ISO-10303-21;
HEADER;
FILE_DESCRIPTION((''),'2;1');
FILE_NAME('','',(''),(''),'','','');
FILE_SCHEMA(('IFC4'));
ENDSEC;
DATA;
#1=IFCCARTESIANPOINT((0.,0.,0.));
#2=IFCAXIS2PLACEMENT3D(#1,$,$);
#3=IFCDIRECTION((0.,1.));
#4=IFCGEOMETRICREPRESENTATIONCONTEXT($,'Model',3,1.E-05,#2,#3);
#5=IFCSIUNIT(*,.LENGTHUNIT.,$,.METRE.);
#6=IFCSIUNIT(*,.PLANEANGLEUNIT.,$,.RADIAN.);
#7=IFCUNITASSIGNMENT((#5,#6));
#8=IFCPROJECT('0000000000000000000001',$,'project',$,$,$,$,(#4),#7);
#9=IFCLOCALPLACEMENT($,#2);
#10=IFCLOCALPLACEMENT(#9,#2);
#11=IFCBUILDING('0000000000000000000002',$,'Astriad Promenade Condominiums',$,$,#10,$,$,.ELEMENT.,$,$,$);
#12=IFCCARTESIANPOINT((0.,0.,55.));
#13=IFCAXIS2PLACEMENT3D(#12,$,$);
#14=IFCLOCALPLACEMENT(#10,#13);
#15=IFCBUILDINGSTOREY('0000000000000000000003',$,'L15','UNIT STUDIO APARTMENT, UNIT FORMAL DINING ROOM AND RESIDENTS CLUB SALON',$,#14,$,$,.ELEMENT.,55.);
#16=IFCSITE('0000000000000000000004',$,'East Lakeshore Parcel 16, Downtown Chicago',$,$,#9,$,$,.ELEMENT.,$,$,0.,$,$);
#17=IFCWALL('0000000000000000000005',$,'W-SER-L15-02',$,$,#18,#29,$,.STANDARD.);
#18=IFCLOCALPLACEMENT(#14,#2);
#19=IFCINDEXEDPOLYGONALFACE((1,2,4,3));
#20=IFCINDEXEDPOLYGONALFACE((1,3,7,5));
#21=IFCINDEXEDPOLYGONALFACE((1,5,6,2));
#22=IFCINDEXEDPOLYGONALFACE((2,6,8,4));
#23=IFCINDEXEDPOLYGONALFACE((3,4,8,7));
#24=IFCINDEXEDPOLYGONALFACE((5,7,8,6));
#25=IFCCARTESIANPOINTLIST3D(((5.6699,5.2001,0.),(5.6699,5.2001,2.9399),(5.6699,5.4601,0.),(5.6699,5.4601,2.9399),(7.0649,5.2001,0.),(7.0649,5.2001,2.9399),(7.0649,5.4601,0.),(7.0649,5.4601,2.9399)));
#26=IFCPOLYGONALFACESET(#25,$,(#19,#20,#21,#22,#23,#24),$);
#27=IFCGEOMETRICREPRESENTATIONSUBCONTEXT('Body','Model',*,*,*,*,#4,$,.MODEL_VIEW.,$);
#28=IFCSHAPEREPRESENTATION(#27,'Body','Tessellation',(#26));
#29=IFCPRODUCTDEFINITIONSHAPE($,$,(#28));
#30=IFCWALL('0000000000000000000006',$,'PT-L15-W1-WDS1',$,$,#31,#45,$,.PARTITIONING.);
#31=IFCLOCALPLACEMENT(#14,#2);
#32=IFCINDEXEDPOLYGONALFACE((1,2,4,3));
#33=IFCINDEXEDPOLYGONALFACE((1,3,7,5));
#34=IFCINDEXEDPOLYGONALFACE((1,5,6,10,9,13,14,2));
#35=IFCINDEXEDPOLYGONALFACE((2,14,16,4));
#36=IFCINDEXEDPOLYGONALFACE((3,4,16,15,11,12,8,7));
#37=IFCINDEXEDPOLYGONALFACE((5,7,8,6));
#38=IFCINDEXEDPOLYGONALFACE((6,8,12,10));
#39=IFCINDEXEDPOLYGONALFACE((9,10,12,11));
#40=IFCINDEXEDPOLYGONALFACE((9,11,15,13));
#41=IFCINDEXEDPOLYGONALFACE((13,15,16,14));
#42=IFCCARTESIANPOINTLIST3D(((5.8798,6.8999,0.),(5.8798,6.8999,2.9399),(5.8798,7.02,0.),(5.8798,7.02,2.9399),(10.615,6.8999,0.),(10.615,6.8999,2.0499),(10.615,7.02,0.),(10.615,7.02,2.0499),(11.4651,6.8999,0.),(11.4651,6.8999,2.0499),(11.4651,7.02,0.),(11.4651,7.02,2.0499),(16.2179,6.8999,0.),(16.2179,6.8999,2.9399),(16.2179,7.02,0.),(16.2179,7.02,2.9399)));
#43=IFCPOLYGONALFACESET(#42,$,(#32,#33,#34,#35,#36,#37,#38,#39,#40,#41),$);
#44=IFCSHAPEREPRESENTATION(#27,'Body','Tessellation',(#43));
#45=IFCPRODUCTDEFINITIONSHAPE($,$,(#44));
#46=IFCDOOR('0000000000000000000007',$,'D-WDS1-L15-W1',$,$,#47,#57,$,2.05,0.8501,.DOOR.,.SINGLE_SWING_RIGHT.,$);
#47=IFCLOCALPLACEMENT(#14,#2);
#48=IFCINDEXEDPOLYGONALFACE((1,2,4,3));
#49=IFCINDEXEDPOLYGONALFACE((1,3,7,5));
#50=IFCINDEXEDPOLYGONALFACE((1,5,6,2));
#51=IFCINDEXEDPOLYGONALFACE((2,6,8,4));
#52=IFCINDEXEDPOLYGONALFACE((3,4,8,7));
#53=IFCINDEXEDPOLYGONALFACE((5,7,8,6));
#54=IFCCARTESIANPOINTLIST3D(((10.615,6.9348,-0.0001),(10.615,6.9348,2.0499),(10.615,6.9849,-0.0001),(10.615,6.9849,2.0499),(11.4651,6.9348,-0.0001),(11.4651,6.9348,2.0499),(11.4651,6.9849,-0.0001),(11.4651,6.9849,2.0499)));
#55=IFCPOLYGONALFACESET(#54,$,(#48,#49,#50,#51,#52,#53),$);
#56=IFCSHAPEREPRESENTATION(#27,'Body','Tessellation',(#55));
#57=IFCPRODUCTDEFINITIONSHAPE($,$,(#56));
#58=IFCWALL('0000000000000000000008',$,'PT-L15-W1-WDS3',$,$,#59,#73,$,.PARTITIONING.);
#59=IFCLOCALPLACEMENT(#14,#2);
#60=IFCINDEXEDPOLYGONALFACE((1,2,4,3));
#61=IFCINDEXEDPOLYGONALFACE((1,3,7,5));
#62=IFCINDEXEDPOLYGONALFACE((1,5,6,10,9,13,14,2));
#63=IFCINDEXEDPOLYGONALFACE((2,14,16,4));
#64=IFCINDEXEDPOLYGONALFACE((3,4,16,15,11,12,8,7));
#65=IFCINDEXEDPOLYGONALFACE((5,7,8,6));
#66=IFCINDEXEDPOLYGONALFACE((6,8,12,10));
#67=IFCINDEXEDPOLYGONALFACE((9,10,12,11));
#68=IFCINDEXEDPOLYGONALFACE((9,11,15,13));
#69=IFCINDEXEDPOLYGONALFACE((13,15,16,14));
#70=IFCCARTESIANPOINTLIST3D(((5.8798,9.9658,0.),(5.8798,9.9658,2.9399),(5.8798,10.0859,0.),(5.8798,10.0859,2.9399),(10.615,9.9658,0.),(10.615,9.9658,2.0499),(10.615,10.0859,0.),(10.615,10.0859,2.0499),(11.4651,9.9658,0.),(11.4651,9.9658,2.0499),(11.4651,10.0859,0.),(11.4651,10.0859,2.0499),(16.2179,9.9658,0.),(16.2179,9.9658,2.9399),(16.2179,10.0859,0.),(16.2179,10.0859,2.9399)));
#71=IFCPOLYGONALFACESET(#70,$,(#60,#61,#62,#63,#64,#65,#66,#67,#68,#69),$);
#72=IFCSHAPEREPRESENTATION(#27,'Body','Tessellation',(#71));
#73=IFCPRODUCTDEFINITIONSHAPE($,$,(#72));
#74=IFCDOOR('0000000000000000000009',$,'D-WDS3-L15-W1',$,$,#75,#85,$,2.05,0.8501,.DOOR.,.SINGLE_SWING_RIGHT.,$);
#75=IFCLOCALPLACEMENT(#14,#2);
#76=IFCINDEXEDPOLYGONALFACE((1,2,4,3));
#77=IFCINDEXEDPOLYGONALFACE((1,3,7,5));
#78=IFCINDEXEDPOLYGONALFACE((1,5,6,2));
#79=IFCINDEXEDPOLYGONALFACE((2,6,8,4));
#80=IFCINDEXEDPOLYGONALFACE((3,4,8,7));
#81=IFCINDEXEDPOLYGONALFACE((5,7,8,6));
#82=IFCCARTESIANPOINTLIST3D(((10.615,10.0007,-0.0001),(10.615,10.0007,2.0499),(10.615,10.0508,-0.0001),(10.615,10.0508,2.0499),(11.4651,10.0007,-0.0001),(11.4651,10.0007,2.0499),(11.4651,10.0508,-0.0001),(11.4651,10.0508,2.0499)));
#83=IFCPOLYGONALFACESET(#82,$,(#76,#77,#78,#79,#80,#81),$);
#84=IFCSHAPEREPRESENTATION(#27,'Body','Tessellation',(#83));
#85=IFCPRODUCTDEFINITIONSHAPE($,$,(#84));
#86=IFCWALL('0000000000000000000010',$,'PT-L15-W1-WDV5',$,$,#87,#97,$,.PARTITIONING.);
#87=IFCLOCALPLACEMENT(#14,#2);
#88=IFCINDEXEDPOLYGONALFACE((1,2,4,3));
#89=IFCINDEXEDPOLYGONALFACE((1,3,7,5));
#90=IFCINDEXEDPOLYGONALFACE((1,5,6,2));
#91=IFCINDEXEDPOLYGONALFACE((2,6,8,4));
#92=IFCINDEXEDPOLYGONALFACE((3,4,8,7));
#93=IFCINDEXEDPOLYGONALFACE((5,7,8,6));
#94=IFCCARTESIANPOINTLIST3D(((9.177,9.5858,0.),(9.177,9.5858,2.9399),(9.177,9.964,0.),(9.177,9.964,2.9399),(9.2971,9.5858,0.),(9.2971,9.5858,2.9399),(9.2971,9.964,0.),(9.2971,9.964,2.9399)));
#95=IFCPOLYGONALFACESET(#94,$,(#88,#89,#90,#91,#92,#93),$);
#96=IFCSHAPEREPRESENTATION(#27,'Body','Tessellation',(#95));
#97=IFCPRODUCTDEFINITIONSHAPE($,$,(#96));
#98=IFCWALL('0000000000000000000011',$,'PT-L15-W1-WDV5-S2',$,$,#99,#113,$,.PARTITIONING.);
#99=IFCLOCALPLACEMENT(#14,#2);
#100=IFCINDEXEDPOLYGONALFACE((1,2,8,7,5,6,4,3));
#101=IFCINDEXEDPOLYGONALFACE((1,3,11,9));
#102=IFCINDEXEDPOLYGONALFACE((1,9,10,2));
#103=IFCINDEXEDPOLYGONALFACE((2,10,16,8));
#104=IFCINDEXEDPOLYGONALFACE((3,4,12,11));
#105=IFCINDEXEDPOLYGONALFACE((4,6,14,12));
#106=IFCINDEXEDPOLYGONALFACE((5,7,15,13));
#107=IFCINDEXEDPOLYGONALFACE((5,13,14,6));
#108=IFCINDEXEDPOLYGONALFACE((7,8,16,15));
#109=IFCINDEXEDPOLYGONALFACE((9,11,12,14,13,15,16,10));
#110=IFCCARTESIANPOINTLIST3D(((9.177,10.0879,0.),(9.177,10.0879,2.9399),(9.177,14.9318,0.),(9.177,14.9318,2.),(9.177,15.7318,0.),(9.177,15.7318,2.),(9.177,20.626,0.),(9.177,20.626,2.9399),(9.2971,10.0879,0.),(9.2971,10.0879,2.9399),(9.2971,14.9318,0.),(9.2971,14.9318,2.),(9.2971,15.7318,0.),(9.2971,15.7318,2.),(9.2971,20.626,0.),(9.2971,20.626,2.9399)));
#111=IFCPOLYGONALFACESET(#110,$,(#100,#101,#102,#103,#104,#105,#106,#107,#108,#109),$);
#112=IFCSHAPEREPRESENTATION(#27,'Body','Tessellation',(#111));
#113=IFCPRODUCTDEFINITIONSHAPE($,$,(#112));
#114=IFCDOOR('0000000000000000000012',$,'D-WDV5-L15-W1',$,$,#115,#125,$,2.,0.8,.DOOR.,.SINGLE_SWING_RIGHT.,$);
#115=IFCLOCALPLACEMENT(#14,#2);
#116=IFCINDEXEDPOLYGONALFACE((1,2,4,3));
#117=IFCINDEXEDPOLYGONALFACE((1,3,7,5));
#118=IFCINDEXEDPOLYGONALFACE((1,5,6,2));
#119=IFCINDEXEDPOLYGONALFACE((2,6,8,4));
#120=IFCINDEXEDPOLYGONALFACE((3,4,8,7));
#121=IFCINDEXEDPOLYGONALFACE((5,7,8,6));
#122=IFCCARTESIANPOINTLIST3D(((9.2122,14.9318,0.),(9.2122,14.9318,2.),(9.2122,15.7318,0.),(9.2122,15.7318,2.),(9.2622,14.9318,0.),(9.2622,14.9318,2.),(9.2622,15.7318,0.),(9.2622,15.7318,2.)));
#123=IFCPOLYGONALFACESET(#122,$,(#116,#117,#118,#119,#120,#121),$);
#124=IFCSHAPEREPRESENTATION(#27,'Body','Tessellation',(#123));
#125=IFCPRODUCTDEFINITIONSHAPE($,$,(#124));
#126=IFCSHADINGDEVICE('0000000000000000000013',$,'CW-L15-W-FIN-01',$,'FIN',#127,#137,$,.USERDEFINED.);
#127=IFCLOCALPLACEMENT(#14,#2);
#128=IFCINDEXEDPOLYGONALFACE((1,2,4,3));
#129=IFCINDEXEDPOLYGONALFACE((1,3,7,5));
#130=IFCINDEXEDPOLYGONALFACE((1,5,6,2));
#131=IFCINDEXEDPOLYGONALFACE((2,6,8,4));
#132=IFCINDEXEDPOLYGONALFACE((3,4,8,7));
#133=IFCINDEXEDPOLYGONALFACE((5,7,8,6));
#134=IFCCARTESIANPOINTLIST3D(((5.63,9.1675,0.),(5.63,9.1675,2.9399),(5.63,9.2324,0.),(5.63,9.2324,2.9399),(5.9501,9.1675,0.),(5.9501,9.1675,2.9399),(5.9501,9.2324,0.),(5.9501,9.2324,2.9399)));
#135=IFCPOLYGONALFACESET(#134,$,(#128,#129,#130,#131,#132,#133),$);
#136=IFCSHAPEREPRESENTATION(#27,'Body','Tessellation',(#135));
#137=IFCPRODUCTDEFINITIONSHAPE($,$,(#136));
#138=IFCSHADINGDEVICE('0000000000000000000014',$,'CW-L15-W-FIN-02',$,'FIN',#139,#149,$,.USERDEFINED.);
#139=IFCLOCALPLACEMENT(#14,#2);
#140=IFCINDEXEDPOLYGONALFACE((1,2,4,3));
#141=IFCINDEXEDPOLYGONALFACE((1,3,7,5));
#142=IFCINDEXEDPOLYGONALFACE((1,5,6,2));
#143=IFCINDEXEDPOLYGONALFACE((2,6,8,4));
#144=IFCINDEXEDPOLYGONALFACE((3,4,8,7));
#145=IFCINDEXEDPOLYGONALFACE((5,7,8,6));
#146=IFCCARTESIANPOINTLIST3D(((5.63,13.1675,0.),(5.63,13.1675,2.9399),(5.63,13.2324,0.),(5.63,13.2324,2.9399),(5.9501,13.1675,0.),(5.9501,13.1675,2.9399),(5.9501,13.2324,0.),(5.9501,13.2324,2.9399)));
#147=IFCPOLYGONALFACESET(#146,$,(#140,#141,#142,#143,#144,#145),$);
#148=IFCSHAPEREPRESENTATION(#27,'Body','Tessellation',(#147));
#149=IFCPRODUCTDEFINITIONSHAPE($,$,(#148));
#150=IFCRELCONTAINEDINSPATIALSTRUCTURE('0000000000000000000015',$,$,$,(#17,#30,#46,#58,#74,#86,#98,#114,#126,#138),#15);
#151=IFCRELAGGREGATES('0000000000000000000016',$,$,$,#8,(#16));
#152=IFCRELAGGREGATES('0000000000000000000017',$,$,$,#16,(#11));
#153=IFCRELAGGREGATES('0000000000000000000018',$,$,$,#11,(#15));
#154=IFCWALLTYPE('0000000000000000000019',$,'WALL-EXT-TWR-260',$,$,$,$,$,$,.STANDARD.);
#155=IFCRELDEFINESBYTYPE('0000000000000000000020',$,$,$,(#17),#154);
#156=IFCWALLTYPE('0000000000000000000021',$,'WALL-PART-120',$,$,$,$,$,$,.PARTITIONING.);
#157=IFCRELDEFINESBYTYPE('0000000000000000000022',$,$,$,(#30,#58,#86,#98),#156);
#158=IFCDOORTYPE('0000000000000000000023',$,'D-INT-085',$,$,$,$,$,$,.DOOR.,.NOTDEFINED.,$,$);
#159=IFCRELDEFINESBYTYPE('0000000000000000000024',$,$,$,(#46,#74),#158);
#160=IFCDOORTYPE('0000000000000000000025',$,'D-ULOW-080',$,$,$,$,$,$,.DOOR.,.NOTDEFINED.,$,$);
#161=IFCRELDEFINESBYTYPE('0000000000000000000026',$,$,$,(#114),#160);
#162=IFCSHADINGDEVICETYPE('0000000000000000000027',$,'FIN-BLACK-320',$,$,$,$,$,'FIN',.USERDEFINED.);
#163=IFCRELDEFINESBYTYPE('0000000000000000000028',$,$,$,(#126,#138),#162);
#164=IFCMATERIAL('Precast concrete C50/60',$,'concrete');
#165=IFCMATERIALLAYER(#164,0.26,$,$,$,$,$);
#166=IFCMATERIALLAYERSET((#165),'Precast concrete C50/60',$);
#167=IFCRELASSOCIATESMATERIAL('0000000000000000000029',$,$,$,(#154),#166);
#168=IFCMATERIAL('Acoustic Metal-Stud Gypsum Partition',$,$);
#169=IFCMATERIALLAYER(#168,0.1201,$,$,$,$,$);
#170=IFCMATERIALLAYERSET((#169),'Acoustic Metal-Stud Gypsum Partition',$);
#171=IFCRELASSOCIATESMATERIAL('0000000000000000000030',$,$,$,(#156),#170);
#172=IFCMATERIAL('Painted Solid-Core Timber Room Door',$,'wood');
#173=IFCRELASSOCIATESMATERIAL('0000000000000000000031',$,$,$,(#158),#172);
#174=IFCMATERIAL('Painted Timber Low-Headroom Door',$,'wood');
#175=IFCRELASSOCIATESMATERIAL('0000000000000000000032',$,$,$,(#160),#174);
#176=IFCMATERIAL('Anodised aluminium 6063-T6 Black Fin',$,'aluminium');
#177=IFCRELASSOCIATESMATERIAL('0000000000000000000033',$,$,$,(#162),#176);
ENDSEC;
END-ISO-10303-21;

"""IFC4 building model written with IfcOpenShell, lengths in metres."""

from ifc_helpers import new_model, si_unit, direction, frame, frame_2d, origin, origin_2d, place, context, subcontext, project, spatial, rectangle, extrude, source, transform, mapped, material, layer, layer_set, type_object, type_shapes, element, fill, save


model = new_model("IFC4")

# Units and contexts
model_context = context("Model", 3, precision=1e-05, world=origin(), true_north=direction((0.0, 1.0)))
body_context = subcontext(model_context, "Body", "Model", "MODEL_VIEW")
ifc_project = project(units=[si_unit("LENGTHUNIT", "METRE"), si_unit("PLANEANGLEUNIT", "RADIAN")], contexts=[model_context])

# Site, building, storey
site_placement = place(None, origin())
site = spatial("IfcSite", under=ifc_project, at=site_placement, Name="East Lakeshore Parcel 16, Downtown Chicago", CompositionType="ELEMENT", RefElevation=0.0)
building_placement = place(site_placement, origin())
building = spatial("IfcBuilding", under=site, at=building_placement, Name="Astriad Promenade Condominiums", CompositionType="ELEMENT")
storey_placement = place(building_placement, frame((0.0, 0.0, 55.0)))
storey = spatial("IfcBuildingStorey", under=building, at=storey_placement, Name="L15", Description="UNIT STUDIO APARTMENT, UNIT FORMAL DINING ROOM AND RESIDENTS CLUB SALON", CompositionType="ELEMENT", Elevation=55.0)

# Wall
ifc_material_1 = material(Name="Precast concrete C50/60", Category="concrete")
ifc_layer_1 = layer(ifc_material_1, 0.26)
ifc_layer_set_1 = layer_set([ifc_layer_1], Name="Precast concrete C50/60")
wall_type_1 = type_object("IfcWallType", Name="WALL-EXT-TWR-260", PredefinedType="STANDARD", material=ifc_layer_set_1)
wall_1_placement = place(storey_placement, frame((7.0649, 5.3301, 0.0), z_axis=(0.0, 0.0, 1.0), x_axis=(-1.0, 0.0, 0.0)))
element("IfcWall", 1, at=wall_1_placement, inside=storey, type_object=wall_type_1, Name="W-SER-L15-02", PredefinedType="STANDARD", context=body_context, shape_type="SweptSolid", body=[
    extrude(rectangle(XDim=1.395, YDim=0.26, at=frame_2d((0.6975, 0.0))), origin(), (0.0, 0.0, 1.0), 2.9399),
])

# Walls, openings, doors
ifc_material_2 = material(Name="Acoustic Metal-Stud Gypsum Partition")
ifc_layer_2 = layer(ifc_material_2, 0.1201)
ifc_layer_set_2 = layer_set([ifc_layer_2], Name="Acoustic Metal-Stud Gypsum Partition")
wall_type_2 = type_object("IfcWallType", Name="WALL-PART-120", PredefinedType="PARTITIONING", material=ifc_layer_set_2)
wall_2_placement = place(storey_placement, frame((5.8799, 6.96, 0.0), z_axis=(0.0, 0.0, 1.0), x_axis=(1.0, 0.0, 0.0)))
wall_2 = element("IfcWall", 2, at=wall_2_placement, inside=storey, type_object=wall_type_2, Name="PT-L15-W1-WDS1", PredefinedType="PARTITIONING", context=body_context, shape_type="SweptSolid", body=[
    extrude(rectangle(XDim=10.3381, YDim=0.1201, at=frame_2d((5.1689, 0.0))), origin(), (0.0, 0.0, 1.0), 2.9399),
])
opening_1_placement = place(wall_2_placement, frame((4.7351, 0.0, 0.0)))
opening_1 = element("IfcOpeningElement", 3, at=opening_1_placement, cuts=wall_2, PredefinedType="OPENING", context=body_context, shape_type="SweptSolid", body=[
    extrude(rectangle(XDim=0.8501, YDim=2.05, at=frame_2d((0.425, 1.0249))), frame((0.0, 0.0701, 0.0), z_axis=(0.0, -1.0, 0.0), x_axis=(1.0, 0.0, 0.0)), (0.0, 0.0, 1.0), 0.1401),
])
ifc_material_3 = material(Name="Painted Solid-Core Timber Room Door", Category="wood")
door_type_1 = type_object("IfcDoorType", Name="D-INT-085", OperationType="NOTDEFINED", PredefinedType="DOOR", material=ifc_material_3)
shared_shape_1 = source(origin(), body_context, "Body", "SweptSolid", [
    extrude(rectangle(XDim=0.8501, YDim=2.05, at=frame_2d((0.425, 1.0249))), frame((0.0, 0.0249, 0.0), z_axis=(0.0, -1.0, 0.0), x_axis=(1.0, 0.0, 0.0)), (0.0, 0.0, 1.0), 0.05),
])
type_shapes(door_type_1, [shared_shape_1])
door_1_placement = place(opening_1_placement, origin())
door_1 = element("IfcDoor", 4, at=door_1_placement, inside=storey, type_object=door_type_1, Name="D-WDS1-L15-W1", OperationType="SINGLE_SWING_RIGHT", OverallHeight=2.05, OverallWidth=0.8501, PredefinedType="DOOR", context=body_context, shape_type="MappedRepresentation", body=[
    mapped(shared_shape_1, transform((0.0, 0.0, 0.0), scale=1.0)),
])
fill(opening_1, door_1)
wall_3_placement = place(storey_placement, frame((5.8799, 10.0259, 0.0), z_axis=(0.0, 0.0, 1.0), x_axis=(1.0, 0.0, 0.0)))
wall_3 = element("IfcWall", 5, at=wall_3_placement, inside=storey, type_object=wall_type_2, Name="PT-L15-W1-WDS3", PredefinedType="PARTITIONING", context=body_context, shape_type="SweptSolid", body=[
    extrude(rectangle(XDim=10.3381, YDim=0.1201, at=frame_2d((5.1689, 0.0))), origin(), (0.0, 0.0, 1.0), 2.9399),
])
opening_2_placement = place(wall_3_placement, frame((4.7351, 0.0, 0.0)))
opening_2 = element("IfcOpeningElement", 6, at=opening_2_placement, cuts=wall_3, PredefinedType="OPENING", context=body_context, shape_type="SweptSolid", body=[
    extrude(rectangle(XDim=0.8501, YDim=2.05, at=frame_2d((0.425, 1.0249))), frame((0.0, 0.0701, 0.0), z_axis=(0.0, -1.0, 0.0), x_axis=(1.0, 0.0, 0.0)), (0.0, 0.0, 1.0), 0.1401),
])
door_2_placement = place(opening_2_placement, origin())
door_2 = element("IfcDoor", 7, at=door_2_placement, inside=storey, type_object=door_type_1, Name="D-WDS3-L15-W1", OperationType="SINGLE_SWING_RIGHT", OverallHeight=2.05, OverallWidth=0.8501, PredefinedType="DOOR", context=body_context, shape_type="MappedRepresentation", body=[
    mapped(shared_shape_1, transform((0.0, 0.0, 0.0), scale=1.0)),
])
fill(opening_2, door_2)

# Wall
wall_4_placement = place(storey_placement, frame((9.2371, 9.5859, 0.0), z_axis=(0.0, 0.0, 1.0), x_axis=(0.0, 1.0, 0.0)))
element("IfcWall", 8, at=wall_4_placement, inside=storey, type_object=wall_type_2, Name="PT-L15-W1-WDV5", PredefinedType="PARTITIONING", context=body_context, shape_type="SweptSolid", body=[
    extrude(rectangle(XDim=0.3782, YDim=0.1201, at=frame_2d((0.189, 0.0))), origin(), (0.0, 0.0, 1.0), 2.9399),
])

# Wall, opening, door
wall_5_placement = place(storey_placement, frame((9.2371, 10.0879, 0.0), z_axis=(0.0, 0.0, 1.0), x_axis=(0.0, 1.0, 0.0)))
wall_5 = element("IfcWall", 9, at=wall_5_placement, inside=storey, type_object=wall_type_2, Name="PT-L15-W1-WDV5-S2", PredefinedType="PARTITIONING", context=body_context, shape_type="SweptSolid", body=[
    extrude(rectangle(XDim=10.5381, YDim=0.1201, at=frame_2d((5.269, 0.0))), origin(), (0.0, 0.0, 1.0), 2.9399),
])
opening_3_placement = place(wall_5_placement, frame((4.844, 0.0, 0.0)))
opening_3 = element("IfcOpeningElement", 10, at=opening_3_placement, cuts=wall_5, PredefinedType="OPENING", context=body_context, shape_type="SweptSolid", body=[
    extrude(rectangle(XDim=0.8, YDim=2.0, at=frame_2d((0.3999, 1.0))), frame((0.0, 0.0701, 0.0), z_axis=(0.0, -1.0, 0.0), x_axis=(1.0, 0.0, 0.0)), (0.0, 0.0, 1.0), 0.1401),
])
ifc_material_4 = material(Name="Painted Timber Low-Headroom Door", Category="wood")
door_type_2 = type_object("IfcDoorType", Name="D-ULOW-080", OperationType="NOTDEFINED", PredefinedType="DOOR", material=ifc_material_4)
shared_shape_2 = source(origin(), body_context, "Body", "SweptSolid", [
    extrude(rectangle(XDim=0.8, YDim=2.0, at=frame_2d((0.3999, 1.0))), frame((0.0, 0.0249, 0.0), z_axis=(0.0, -1.0, 0.0), x_axis=(1.0, 0.0, 0.0)), (0.0, 0.0, 1.0), 0.05),
])
type_shapes(door_type_2, [shared_shape_2])
door_3_placement = place(opening_3_placement, origin())
door_3 = element("IfcDoor", 11, at=door_3_placement, inside=storey, type_object=door_type_2, Name="D-WDV5-L15-W1", OperationType="SINGLE_SWING_RIGHT", OverallHeight=2.0, OverallWidth=0.8, PredefinedType="DOOR", context=body_context, shape_type="MappedRepresentation", body=[
    mapped(shared_shape_2, transform((0.0, 0.0, 0.0), scale=1.0)),
])
fill(opening_3, door_3)

# Shading devices
ifc_material_5 = material(Name="Anodised aluminium 6063-T6 Black Fin", Category="aluminium")
shading_device_type = type_object("IfcShadingDeviceType", Name="FIN-BLACK-320", ElementType="FIN", PredefinedType="USERDEFINED", material=ifc_material_5)
shared_shape_3 = source(origin(), body_context, "Body", "SweptSolid", [
    extrude(rectangle(XDim=0.0649, YDim=0.3201, at=origin_2d()), origin(), (0.0, 0.0, 1.0), 2.9399),
])
type_shapes(shading_device_type, [shared_shape_3])
for number, where, z_axis, x_axis, name in (
    (12, (5.79, 9.2, 0.0), (0.0, 0.0, 1.0), (0.0, 1.0, 0.0), "CW-L15-W-FIN-01"),
    (13, (5.79, 13.2, 0.0), (0.0, 0.0, 1.0), (0.0, 1.0, 0.0), "CW-L15-W-FIN-02"),
):
    element("IfcShadingDevice", number, at=place(storey_placement, frame(where, z_axis=z_axis, x_axis=x_axis)), inside=storey, type_object=shading_device_type, Name=name, ObjectType="FIN", PredefinedType="USERDEFINED", context=body_context, shape_type="MappedRepresentation", body=[
        mapped(shared_shape_3, transform((0.0, 0.0, 0.0), scale=1.0)),
    ])

save(model, "model.ifc")
